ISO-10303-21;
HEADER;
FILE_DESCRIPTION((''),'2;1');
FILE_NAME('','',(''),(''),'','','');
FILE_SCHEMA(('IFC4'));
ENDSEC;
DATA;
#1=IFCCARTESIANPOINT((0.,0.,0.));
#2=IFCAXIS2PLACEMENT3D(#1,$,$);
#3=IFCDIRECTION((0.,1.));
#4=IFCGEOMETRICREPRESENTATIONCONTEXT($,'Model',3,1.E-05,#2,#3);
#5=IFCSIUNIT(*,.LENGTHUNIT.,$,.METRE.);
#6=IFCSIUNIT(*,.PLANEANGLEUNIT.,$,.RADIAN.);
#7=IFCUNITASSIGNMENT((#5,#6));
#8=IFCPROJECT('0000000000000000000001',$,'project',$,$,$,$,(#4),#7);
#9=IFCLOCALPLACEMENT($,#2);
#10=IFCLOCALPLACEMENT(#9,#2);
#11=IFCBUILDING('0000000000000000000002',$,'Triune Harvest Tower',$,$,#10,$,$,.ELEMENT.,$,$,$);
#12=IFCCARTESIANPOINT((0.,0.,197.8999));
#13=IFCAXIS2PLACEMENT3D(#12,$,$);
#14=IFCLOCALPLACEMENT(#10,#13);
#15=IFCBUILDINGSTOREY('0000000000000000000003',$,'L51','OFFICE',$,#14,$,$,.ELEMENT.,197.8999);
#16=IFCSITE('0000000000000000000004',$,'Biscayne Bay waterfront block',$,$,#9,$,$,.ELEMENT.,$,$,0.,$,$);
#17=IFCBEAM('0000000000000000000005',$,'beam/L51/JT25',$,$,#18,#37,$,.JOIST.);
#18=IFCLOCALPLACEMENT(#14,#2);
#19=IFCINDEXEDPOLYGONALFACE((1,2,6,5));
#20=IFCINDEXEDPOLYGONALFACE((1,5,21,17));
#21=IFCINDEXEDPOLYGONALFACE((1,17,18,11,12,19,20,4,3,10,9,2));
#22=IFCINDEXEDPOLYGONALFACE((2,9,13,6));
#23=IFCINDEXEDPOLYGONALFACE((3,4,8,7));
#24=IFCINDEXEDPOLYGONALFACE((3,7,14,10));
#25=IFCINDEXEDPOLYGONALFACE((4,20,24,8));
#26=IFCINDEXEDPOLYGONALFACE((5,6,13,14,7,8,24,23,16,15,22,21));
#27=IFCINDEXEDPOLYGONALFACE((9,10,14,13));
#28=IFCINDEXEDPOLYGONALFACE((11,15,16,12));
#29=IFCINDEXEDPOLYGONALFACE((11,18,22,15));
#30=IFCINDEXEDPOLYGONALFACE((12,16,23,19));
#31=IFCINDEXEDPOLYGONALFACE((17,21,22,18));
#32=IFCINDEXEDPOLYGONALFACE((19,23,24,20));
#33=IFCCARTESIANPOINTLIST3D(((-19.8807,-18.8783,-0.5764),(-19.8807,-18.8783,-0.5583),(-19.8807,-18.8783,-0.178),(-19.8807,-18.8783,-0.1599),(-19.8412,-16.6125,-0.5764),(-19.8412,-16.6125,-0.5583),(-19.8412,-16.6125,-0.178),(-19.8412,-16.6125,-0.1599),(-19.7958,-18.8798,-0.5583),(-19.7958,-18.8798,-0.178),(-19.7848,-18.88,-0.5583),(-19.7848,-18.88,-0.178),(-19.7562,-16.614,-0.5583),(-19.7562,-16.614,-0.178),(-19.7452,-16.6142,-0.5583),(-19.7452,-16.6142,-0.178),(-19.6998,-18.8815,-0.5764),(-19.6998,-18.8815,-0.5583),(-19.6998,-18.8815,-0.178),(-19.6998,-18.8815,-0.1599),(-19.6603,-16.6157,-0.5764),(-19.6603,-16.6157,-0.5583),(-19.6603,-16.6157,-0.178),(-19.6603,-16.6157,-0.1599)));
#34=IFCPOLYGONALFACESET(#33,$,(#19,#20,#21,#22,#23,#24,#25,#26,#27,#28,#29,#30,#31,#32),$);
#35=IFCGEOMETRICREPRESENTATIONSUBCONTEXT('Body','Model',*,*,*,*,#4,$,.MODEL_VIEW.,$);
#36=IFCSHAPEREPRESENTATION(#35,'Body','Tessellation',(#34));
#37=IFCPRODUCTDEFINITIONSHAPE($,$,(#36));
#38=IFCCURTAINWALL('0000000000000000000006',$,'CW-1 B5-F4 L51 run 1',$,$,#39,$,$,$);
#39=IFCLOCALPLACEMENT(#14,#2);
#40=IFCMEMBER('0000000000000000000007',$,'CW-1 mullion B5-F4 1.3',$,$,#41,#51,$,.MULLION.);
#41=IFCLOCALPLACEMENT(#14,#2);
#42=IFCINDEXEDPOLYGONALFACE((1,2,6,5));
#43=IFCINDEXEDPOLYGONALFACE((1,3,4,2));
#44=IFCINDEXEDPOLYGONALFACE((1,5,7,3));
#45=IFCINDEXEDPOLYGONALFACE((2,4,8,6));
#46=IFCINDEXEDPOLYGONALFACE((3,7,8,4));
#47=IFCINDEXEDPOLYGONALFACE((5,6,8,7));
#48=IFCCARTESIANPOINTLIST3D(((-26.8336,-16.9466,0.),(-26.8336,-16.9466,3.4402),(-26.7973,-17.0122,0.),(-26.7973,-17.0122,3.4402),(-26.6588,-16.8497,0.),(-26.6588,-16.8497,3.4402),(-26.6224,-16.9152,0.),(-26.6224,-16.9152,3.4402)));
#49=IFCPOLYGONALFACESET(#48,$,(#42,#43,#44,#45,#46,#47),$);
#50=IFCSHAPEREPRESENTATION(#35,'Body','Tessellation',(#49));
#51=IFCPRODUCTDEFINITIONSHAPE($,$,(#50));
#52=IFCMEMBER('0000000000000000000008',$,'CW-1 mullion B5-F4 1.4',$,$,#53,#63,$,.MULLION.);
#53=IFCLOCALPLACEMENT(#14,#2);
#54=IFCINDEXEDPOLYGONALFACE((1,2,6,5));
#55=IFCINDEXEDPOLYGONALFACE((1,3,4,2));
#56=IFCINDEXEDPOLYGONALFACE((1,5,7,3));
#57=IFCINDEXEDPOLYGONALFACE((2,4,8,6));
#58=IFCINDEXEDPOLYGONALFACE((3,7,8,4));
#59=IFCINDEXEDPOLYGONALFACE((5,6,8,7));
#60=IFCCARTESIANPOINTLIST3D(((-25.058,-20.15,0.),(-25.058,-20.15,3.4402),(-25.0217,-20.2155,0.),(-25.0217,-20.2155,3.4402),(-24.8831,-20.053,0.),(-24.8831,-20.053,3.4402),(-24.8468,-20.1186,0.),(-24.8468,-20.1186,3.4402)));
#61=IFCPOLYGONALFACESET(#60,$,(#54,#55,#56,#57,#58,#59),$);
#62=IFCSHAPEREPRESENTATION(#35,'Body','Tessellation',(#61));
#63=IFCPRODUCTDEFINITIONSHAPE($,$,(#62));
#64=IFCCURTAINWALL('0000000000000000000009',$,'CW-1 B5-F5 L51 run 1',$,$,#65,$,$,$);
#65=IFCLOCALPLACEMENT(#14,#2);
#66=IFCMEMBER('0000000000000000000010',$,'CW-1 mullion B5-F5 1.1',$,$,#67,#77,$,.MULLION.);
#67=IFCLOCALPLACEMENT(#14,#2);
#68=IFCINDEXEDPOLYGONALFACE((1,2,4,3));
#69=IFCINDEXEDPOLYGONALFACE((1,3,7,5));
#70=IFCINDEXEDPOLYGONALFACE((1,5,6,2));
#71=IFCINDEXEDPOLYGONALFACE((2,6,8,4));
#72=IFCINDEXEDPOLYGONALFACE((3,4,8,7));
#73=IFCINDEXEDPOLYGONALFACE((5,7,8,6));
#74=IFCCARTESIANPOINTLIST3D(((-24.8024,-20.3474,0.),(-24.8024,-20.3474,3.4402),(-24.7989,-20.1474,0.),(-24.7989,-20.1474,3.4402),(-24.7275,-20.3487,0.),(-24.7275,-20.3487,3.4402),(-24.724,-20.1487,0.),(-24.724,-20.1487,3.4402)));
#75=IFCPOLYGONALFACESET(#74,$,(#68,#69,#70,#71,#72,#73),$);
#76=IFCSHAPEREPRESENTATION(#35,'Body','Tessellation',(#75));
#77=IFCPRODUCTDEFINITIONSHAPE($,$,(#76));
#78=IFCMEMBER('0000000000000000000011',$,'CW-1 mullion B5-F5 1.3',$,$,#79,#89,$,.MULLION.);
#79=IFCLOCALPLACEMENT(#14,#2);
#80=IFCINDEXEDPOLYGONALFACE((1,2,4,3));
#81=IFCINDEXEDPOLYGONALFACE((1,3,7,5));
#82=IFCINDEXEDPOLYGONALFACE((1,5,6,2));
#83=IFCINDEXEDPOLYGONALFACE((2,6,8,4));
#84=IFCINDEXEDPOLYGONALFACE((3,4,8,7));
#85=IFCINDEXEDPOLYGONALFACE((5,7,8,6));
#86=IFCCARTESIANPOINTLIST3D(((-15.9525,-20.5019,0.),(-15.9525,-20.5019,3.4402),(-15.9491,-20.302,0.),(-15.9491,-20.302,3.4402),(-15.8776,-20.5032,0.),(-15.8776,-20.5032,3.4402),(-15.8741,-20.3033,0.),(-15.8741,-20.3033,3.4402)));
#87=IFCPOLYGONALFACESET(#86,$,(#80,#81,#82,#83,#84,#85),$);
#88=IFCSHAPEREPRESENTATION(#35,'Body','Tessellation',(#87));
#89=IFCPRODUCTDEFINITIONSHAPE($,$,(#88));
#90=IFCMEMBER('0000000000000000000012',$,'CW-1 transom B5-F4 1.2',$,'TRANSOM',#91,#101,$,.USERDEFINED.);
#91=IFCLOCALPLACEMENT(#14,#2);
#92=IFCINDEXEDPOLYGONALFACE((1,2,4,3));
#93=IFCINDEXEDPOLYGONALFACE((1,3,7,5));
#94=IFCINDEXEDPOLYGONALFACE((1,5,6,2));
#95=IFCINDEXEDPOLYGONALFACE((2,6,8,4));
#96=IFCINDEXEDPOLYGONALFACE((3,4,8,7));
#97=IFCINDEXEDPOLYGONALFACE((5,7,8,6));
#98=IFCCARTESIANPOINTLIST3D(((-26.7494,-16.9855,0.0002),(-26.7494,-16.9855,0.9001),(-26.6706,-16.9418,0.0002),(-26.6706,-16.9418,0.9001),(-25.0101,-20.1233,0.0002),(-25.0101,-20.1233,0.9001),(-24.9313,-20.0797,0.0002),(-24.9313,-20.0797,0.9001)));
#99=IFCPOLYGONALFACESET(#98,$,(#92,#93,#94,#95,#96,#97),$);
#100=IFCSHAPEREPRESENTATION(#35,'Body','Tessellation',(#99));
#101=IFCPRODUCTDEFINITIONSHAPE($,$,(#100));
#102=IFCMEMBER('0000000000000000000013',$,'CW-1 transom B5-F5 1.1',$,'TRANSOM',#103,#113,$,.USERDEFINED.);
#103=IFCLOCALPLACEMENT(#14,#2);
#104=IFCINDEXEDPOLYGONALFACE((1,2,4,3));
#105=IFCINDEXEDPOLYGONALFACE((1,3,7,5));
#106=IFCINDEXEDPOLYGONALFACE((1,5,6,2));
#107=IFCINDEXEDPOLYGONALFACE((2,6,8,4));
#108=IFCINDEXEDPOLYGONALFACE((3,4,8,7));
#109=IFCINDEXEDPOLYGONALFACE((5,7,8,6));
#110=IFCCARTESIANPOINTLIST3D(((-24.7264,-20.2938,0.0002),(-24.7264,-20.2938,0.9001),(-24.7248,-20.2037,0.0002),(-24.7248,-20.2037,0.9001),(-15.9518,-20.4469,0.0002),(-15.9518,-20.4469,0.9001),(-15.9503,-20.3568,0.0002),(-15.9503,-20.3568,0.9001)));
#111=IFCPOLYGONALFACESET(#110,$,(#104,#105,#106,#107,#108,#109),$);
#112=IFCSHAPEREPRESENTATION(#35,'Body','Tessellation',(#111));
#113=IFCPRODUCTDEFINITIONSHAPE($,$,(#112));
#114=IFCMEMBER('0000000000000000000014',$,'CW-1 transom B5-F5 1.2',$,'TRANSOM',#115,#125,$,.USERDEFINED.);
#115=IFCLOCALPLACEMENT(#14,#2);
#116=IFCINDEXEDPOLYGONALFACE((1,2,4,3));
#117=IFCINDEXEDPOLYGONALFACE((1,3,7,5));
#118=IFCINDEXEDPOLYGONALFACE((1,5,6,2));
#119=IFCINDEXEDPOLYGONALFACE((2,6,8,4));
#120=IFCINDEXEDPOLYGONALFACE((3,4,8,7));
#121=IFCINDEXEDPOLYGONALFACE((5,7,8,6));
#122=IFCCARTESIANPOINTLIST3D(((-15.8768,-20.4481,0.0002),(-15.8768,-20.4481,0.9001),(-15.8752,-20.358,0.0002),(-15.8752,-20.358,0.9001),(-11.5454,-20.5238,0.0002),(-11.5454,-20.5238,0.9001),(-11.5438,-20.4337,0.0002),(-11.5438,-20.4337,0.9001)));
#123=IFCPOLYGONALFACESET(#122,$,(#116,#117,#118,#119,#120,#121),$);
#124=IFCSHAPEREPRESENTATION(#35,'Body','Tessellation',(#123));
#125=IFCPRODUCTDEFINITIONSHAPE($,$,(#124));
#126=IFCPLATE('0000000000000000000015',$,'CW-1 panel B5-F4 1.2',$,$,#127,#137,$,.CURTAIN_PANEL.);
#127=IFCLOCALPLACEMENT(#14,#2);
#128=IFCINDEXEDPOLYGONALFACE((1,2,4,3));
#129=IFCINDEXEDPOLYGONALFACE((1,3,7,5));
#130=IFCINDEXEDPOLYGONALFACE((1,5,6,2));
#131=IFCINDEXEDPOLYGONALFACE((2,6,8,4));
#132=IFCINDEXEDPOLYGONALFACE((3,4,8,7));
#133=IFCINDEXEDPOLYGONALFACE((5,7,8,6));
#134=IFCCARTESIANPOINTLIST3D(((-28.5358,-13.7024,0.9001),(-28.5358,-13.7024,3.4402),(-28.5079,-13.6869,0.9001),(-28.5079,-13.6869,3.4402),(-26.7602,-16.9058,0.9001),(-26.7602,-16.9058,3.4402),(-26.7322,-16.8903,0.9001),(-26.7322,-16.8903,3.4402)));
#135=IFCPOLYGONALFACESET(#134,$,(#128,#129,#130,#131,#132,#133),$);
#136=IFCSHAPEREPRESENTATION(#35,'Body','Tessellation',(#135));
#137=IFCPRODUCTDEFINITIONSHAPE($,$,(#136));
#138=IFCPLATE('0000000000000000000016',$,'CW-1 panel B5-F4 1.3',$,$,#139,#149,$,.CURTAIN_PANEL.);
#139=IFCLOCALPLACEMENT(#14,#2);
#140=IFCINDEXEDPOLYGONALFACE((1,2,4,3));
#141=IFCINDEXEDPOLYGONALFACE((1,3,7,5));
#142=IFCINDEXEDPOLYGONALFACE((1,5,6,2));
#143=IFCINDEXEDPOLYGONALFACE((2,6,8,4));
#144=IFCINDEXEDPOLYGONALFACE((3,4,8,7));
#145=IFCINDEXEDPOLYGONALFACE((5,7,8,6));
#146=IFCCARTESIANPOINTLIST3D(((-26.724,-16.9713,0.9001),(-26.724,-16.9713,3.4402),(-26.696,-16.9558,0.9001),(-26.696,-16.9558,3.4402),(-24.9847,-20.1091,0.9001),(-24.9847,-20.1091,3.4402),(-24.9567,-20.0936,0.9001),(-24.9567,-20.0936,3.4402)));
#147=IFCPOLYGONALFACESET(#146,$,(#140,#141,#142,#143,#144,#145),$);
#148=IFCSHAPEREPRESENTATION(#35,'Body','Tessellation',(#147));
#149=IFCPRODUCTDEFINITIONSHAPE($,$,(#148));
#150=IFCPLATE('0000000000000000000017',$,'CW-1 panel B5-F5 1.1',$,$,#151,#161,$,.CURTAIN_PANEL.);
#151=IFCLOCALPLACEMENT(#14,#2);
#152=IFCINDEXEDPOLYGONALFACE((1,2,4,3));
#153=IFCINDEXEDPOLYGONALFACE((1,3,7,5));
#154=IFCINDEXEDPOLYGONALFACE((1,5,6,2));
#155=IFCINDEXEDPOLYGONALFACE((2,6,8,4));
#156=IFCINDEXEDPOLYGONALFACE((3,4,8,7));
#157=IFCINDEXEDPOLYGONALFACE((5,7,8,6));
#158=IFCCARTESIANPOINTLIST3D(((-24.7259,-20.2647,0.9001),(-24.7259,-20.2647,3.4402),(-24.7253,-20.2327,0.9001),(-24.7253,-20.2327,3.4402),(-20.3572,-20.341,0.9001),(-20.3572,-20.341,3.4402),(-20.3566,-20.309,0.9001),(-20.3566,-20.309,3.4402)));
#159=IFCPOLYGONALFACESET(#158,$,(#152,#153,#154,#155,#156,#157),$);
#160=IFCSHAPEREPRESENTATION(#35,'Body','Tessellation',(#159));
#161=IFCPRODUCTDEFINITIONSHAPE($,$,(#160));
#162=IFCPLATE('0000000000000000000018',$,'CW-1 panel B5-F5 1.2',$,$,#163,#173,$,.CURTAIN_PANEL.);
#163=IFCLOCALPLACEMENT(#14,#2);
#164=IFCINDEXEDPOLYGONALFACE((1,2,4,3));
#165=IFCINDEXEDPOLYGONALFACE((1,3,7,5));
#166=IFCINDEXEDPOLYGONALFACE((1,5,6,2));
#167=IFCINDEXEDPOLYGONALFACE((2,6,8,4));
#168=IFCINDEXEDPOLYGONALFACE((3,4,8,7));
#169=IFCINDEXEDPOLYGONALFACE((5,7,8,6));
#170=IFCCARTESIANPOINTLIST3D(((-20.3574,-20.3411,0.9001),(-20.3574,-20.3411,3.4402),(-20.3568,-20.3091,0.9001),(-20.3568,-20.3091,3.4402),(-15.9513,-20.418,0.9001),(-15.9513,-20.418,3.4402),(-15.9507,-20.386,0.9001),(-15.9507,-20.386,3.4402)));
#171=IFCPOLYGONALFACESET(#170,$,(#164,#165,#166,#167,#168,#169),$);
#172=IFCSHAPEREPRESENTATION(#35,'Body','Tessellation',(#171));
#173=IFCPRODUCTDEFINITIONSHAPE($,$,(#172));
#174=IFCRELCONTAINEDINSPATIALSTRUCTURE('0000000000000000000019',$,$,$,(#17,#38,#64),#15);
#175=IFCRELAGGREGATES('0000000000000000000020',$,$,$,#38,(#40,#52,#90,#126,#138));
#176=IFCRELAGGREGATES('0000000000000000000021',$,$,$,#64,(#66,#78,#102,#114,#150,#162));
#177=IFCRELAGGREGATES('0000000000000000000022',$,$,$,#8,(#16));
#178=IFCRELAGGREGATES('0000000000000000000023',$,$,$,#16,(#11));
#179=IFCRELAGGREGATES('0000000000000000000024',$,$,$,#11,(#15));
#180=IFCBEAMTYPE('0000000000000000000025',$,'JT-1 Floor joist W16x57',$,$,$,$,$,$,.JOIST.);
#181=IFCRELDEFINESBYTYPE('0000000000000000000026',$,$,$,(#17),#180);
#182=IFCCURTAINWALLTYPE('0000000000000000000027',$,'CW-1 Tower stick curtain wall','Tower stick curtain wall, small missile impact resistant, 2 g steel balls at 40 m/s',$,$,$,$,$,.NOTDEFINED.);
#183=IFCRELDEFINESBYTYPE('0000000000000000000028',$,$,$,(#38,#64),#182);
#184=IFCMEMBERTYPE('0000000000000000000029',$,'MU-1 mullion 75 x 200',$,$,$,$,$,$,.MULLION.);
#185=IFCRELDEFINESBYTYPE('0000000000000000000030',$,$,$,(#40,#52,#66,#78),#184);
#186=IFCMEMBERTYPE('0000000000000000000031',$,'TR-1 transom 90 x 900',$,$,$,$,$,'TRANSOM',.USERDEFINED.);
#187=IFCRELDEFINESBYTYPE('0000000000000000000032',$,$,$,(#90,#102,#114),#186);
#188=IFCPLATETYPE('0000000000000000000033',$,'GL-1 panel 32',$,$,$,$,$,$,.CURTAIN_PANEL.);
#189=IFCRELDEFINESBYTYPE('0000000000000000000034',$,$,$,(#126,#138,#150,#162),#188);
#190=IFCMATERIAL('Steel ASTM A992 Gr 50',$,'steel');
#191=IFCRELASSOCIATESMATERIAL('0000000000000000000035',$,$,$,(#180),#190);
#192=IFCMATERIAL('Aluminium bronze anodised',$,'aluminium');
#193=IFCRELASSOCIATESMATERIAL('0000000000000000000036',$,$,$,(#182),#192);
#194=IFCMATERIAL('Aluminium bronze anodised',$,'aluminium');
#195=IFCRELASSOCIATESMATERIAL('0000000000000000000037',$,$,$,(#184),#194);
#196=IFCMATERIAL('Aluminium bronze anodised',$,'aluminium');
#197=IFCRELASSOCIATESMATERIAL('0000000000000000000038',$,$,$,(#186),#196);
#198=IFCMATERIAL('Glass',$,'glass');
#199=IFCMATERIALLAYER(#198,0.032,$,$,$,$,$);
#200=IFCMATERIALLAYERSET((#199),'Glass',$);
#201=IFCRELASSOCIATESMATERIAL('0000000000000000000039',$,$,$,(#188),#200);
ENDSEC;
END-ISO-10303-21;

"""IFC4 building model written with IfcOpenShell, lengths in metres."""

from ifc_helpers import new_model, si_unit, direction, frame, origin, origin_2d, place, context, subcontext, project, spatial, rectangle, i_section, extrude, source, transform, mapped, material, layer, layer_set, material_profile, profile_set, type_object, element, aggregate, save


model = new_model("IFC4")

# Units and contexts
model_context = context("Model", 3, precision=1e-05, world=origin(), true_north=direction((0.0, 1.0)))
body_context = subcontext(model_context, "Body", "Model", "MODEL_VIEW")
ifc_project = project(units=[si_unit("LENGTHUNIT", "METRE"), si_unit("PLANEANGLEUNIT", "RADIAN")], contexts=[model_context])

# Site, building, storey
site_placement = place(None, origin())
site = spatial("IfcSite", under=ifc_project, at=site_placement, Name="Biscayne Bay waterfront block", CompositionType="ELEMENT", RefElevation=0.0)
building_placement = place(site_placement, origin())
building = spatial("IfcBuilding", under=site, at=building_placement, Name="Triune Harvest Tower", CompositionType="ELEMENT")
storey_placement = place(building_placement, frame((0.0, 0.0, 197.8999)))
storey = spatial("IfcBuildingStorey", under=building, at=storey_placement, Name="L51", Description="OFFICE", CompositionType="ELEMENT", Elevation=197.8999)

# Beam
ifc_material_1 = material(Name="Steel ASTM A992 Gr 50", Category="steel")
ifc_material_profile_1 = material_profile(ifc_material_1, i_section(OverallWidth=0.1809, OverallDepth=0.4165, WebThickness=0.011, FlangeThickness=0.0181, at=origin_2d()), Name="W16x57")
ifc_profile_set_1 = profile_set([ifc_material_profile_1], Name="Steel ASTM A992 Gr 50")
beam_type_1 = type_object("IfcBeamType", Name="JT-1 Floor joist W16x57", PredefinedType="JOIST", material=ifc_profile_set_1)
shared_shape_1 = source(origin(), body_context, "Body", "SweptSolid", [
    extrude(i_section(OverallWidth=0.1809, OverallDepth=0.4165, WebThickness=0.011, FlangeThickness=0.0181, at=origin_2d()), origin(), (0.0, 0.0, 1.0), 2.2661),
])
beam_1_placement = place(storey_placement, frame((-19.7903, -18.8799, -0.3682), z_axis=(0.017452, 0.999848, 0.0), x_axis=(-0.999848, 0.017452, 0.0)))
element("IfcBeam", 1, at=beam_1_placement, inside=storey, type_object=beam_type_1, Name="beam/L51/JT25", PredefinedType="JOIST", context=body_context, shape_type="MappedRepresentation", body=[
    mapped(shared_shape_1, transform((0.0, 0.0, 0.0), scale=1.0)),
])

# Curtain walls, members
ifc_material_2 = material(Name="Aluminium bronze anodised", Category="aluminium")
curtain_wall_type = type_object("IfcCurtainWallType", Name="CW-1 Tower stick curtain wall", Description="Tower stick curtain wall, small missile impact resistant, 2 g steel balls at 40 m/s", PredefinedType="NOTDEFINED", material=ifc_material_2)
curtain_wall_1_placement = place(storey_placement, origin())
curtain_wall_1 = element("IfcCurtainWall", 2, at=curtain_wall_1_placement, inside=storey, type_object=curtain_wall_type, Name="CW-1 B5-F4 L51 run 1")
ifc_material_3 = material(Name="Aluminium bronze anodised", Category="aluminium")
ifc_material_profile_2 = material_profile(ifc_material_3, rectangle(XDim=0.2, YDim=0.075, at=origin_2d()), Name="MU-1 mullion 75 x 200")
ifc_profile_set_2 = profile_set([ifc_material_profile_2], Name="Aluminium bronze anodised")
member_type_1 = type_object("IfcMemberType", Name="MU-1 mullion 75 x 200", PredefinedType="MULLION", material=ifc_profile_set_2)
shared_shape_2 = source(origin(), body_context, "Body", "SweptSolid", [
    extrude(rectangle(XDim=0.2, YDim=0.075, at=origin_2d()), origin(), (0.0, 0.0, 1.0), 3.4402),
])
member_1_placement = place(storey_placement, frame((-26.728, -16.9309, 0.0), z_axis=(0.0, 0.0, 1.0), x_axis=(0.874624, 0.484802, 0.0)))
member_1 = element("IfcMember", 3, at=member_1_placement, type_object=member_type_1, Name="CW-1 mullion B5-F4 1.3", PredefinedType="MULLION", context=body_context, shape_type="MappedRepresentation", body=[
    mapped(shared_shape_2, transform((0.0, 0.0, 0.0), scale=1.0)),
])
member_2_placement = place(storey_placement, frame((-24.9524, -20.1343, 0.0), z_axis=(0.0, 0.0, 1.0), x_axis=(0.874624, 0.484802, 0.0)))
member_2 = element("IfcMember", 4, at=member_2_placement, type_object=member_type_1, Name="CW-1 mullion B5-F4 1.4", PredefinedType="MULLION", context=body_context, shape_type="MappedRepresentation", body=[
    mapped(shared_shape_2, transform((0.0, 0.0, 0.0), scale=1.0)),
])
curtain_wall_2_placement = place(storey_placement, origin())
curtain_wall_2 = element("IfcCurtainWall", 5, at=curtain_wall_2_placement, inside=storey, type_object=curtain_wall_type, Name="CW-1 B5-F5 L51 run 1")
member_3_placement = place(storey_placement, frame((-24.7632, -20.248, 0.0), z_axis=(0.0, 0.0, 1.0), x_axis=(0.017455, 0.999848, 0.0)))
member_3 = element("IfcMember", 6, at=member_3_placement, type_object=member_type_1, Name="CW-1 mullion B5-F5 1.1", PredefinedType="MULLION", context=body_context, shape_type="MappedRepresentation", body=[
    mapped(shared_shape_2, transform((0.0, 0.0, 0.0), scale=1.0)),
])
member_4_placement = place(storey_placement, frame((-15.9133, -20.4026, 0.0), z_axis=(0.0, 0.0, 1.0), x_axis=(0.017455, 0.999848, 0.0)))
member_4 = element("IfcMember", 7, at=member_4_placement, type_object=member_type_1, Name="CW-1 mullion B5-F5 1.3", PredefinedType="MULLION", context=body_context, shape_type="MappedRepresentation", body=[
    mapped(shared_shape_2, transform((0.0, 0.0, 0.0), scale=1.0)),
])

# Members
ifc_material_4 = material(Name="Aluminium bronze anodised", Category="aluminium")
ifc_material_profile_3 = material_profile(ifc_material_4, rectangle(XDim=0.0901, YDim=0.8999, at=origin_2d()), Name="TR-1 transom 90 x 900")
ifc_profile_set_3 = profile_set([ifc_material_profile_3], Name="Aluminium bronze anodised")
member_type_2 = type_object("IfcMemberType", Name="TR-1 transom 90 x 900", ElementType="TRANSOM", PredefinedType="USERDEFINED", material=ifc_profile_set_3)
shared_shape_3 = source(origin(), body_context, "Body", "SweptSolid", [
    extrude(rectangle(XDim=0.0901, YDim=0.8999, at=origin_2d()), origin(), (0.0, 0.0, 1.0), 3.5876),
])
member_5_placement = place(storey_placement, frame((-26.71, -16.9636, 0.4502), z_axis=(0.484782, -0.874635, 0.0), x_axis=(0.874635, 0.484782, 0.0)))
member_5 = element("IfcMember", 8, at=member_5_placement, type_object=member_type_2, Name="CW-1 transom B5-F4 1.2", ObjectType="TRANSOM", PredefinedType="USERDEFINED", context=body_context, shape_type="MappedRepresentation", body=[
    mapped(shared_shape_3, transform((0.0, 0.0, 0.0), scale=1.0)),
])
shared_shape_4 = source(origin(), body_context, "Body", "SweptSolid", [
    extrude(rectangle(XDim=0.0901, YDim=0.8999, at=origin_2d()), origin(), (0.0, 0.0, 1.0), 8.7759),
])
member_6_placement = place(storey_placement, frame((-24.7256, -20.2488, 0.4502), z_axis=(0.999848, -0.017443, 0.0), x_axis=(0.017443, 0.999848, 0.0)))
member_6 = element("IfcMember", 9, at=member_6_placement, type_object=member_type_2, Name="CW-1 transom B5-F5 1.1", ObjectType="TRANSOM", PredefinedType="USERDEFINED", context=body_context, shape_type="MappedRepresentation", body=[
    mapped(shared_shape_4, transform((0.0, 0.0, 0.0), scale=1.0)),
])
shared_shape_5 = source(origin(), body_context, "Body", "SweptSolid", [
    extrude(rectangle(XDim=0.0901, YDim=0.8999, at=origin_2d()), origin(), (0.0, 0.0, 1.0), 4.332),
])
member_7_placement = place(storey_placement, frame((-15.876, -20.4031, 0.4502), z_axis=(0.999847, -0.017471, 0.0), x_axis=(0.017471, 0.999847, 0.0)))
member_7 = element("IfcMember", 10, at=member_7_placement, type_object=member_type_2, Name="CW-1 transom B5-F5 1.2", ObjectType="TRANSOM", PredefinedType="USERDEFINED", context=body_context, shape_type="MappedRepresentation", body=[
    mapped(shared_shape_5, transform((0.0, 0.0, 0.0), scale=1.0)),
])

# Plates
ifc_material_5 = material(Name="Glass", Category="glass")
ifc_layer_1 = layer(ifc_material_5, 0.032)
ifc_layer_set_1 = layer_set([ifc_layer_1], Name="Glass")
plate_type = type_object("IfcPlateType", Name="GL-1 panel 32", PredefinedType="CURTAIN_PANEL", material=ifc_layer_set_1)
shared_shape_6 = source(origin(), body_context, "Body", "SweptSolid", [
    extrude(rectangle(XDim=3.6626, YDim=0.032, at=origin_2d()), origin(), (0.0, 0.0, 1.0), 2.54),
])
plate_1_placement = place(storey_placement, frame((-27.634, -15.2964, 0.9001), z_axis=(0.0, 0.0, 1.0), x_axis=(0.484802, -0.874624, 0.0)))
plate_1 = element("IfcPlate", 11, at=plate_1_placement, type_object=plate_type, Name="CW-1 panel B5-F4 1.2", PredefinedType="CURTAIN_PANEL", context=body_context, shape_type="MappedRepresentation", body=[
    mapped(shared_shape_6, transform((0.0, 0.0, 0.0), scale=1.0)),
])
shared_shape_7 = source(origin(), body_context, "Body", "SweptSolid", [
    extrude(rectangle(XDim=3.5876, YDim=0.032, at=origin_2d()), origin(), (0.0, 0.0, 1.0), 2.54),
])
plate_2_placement = place(storey_placement, frame((-25.8403, -18.5325, 0.9001), z_axis=(0.0, 0.0, 1.0), x_axis=(0.484802, -0.874624, 0.0)))
plate_2 = element("IfcPlate", 12, at=plate_2_placement, type_object=plate_type, Name="CW-1 panel B5-F4 1.3", PredefinedType="CURTAIN_PANEL", context=body_context, shape_type="MappedRepresentation", body=[
    mapped(shared_shape_7, transform((0.0, 0.0, 0.0), scale=1.0)),
])
aggregate(curtain_wall_1, [member_1, member_2, member_5, plate_1, plate_2])
shared_shape_8 = source(origin(), body_context, "Body", "SweptSolid", [
    extrude(rectangle(XDim=4.3694, YDim=0.032, at=origin_2d()), origin(), (0.0, 0.0, 1.0), 2.54),
])
plate_3_placement = place(storey_placement, frame((-22.5413, -20.2869, 0.9001), z_axis=(0.0, 0.0, 1.0), x_axis=(0.999848, -0.017455, 0.0)))
plate_3 = element("IfcPlate", 13, at=plate_3_placement, type_object=plate_type, Name="CW-1 panel B5-F5 1.1", PredefinedType="CURTAIN_PANEL", context=body_context, shape_type="MappedRepresentation", body=[
    mapped(shared_shape_8, transform((0.0, 0.0, 0.0), scale=1.0)),
])
shared_shape_9 = source(origin(), body_context, "Body", "SweptSolid", [
    extrude(rectangle(XDim=4.4067, YDim=0.032, at=origin_2d()), origin(), (0.0, 0.0, 1.0), 2.54),
])
plate_4_placement = place(storey_placement, frame((-18.1541, -20.3635, 0.9001), z_axis=(0.0, 0.0, 1.0), x_axis=(0.999848, -0.017455, 0.0)))
plate_4 = element("IfcPlate", 14, at=plate_4_placement, type_object=plate_type, Name="CW-1 panel B5-F5 1.2", PredefinedType="CURTAIN_PANEL", context=body_context, shape_type="MappedRepresentation", body=[
    mapped(shared_shape_9, transform((0.0, 0.0, 0.0), scale=1.0)),
])
aggregate(curtain_wall_2, [member_3, member_4, member_6, member_7, plate_3, plate_4])

save(model, "model.ifc")
